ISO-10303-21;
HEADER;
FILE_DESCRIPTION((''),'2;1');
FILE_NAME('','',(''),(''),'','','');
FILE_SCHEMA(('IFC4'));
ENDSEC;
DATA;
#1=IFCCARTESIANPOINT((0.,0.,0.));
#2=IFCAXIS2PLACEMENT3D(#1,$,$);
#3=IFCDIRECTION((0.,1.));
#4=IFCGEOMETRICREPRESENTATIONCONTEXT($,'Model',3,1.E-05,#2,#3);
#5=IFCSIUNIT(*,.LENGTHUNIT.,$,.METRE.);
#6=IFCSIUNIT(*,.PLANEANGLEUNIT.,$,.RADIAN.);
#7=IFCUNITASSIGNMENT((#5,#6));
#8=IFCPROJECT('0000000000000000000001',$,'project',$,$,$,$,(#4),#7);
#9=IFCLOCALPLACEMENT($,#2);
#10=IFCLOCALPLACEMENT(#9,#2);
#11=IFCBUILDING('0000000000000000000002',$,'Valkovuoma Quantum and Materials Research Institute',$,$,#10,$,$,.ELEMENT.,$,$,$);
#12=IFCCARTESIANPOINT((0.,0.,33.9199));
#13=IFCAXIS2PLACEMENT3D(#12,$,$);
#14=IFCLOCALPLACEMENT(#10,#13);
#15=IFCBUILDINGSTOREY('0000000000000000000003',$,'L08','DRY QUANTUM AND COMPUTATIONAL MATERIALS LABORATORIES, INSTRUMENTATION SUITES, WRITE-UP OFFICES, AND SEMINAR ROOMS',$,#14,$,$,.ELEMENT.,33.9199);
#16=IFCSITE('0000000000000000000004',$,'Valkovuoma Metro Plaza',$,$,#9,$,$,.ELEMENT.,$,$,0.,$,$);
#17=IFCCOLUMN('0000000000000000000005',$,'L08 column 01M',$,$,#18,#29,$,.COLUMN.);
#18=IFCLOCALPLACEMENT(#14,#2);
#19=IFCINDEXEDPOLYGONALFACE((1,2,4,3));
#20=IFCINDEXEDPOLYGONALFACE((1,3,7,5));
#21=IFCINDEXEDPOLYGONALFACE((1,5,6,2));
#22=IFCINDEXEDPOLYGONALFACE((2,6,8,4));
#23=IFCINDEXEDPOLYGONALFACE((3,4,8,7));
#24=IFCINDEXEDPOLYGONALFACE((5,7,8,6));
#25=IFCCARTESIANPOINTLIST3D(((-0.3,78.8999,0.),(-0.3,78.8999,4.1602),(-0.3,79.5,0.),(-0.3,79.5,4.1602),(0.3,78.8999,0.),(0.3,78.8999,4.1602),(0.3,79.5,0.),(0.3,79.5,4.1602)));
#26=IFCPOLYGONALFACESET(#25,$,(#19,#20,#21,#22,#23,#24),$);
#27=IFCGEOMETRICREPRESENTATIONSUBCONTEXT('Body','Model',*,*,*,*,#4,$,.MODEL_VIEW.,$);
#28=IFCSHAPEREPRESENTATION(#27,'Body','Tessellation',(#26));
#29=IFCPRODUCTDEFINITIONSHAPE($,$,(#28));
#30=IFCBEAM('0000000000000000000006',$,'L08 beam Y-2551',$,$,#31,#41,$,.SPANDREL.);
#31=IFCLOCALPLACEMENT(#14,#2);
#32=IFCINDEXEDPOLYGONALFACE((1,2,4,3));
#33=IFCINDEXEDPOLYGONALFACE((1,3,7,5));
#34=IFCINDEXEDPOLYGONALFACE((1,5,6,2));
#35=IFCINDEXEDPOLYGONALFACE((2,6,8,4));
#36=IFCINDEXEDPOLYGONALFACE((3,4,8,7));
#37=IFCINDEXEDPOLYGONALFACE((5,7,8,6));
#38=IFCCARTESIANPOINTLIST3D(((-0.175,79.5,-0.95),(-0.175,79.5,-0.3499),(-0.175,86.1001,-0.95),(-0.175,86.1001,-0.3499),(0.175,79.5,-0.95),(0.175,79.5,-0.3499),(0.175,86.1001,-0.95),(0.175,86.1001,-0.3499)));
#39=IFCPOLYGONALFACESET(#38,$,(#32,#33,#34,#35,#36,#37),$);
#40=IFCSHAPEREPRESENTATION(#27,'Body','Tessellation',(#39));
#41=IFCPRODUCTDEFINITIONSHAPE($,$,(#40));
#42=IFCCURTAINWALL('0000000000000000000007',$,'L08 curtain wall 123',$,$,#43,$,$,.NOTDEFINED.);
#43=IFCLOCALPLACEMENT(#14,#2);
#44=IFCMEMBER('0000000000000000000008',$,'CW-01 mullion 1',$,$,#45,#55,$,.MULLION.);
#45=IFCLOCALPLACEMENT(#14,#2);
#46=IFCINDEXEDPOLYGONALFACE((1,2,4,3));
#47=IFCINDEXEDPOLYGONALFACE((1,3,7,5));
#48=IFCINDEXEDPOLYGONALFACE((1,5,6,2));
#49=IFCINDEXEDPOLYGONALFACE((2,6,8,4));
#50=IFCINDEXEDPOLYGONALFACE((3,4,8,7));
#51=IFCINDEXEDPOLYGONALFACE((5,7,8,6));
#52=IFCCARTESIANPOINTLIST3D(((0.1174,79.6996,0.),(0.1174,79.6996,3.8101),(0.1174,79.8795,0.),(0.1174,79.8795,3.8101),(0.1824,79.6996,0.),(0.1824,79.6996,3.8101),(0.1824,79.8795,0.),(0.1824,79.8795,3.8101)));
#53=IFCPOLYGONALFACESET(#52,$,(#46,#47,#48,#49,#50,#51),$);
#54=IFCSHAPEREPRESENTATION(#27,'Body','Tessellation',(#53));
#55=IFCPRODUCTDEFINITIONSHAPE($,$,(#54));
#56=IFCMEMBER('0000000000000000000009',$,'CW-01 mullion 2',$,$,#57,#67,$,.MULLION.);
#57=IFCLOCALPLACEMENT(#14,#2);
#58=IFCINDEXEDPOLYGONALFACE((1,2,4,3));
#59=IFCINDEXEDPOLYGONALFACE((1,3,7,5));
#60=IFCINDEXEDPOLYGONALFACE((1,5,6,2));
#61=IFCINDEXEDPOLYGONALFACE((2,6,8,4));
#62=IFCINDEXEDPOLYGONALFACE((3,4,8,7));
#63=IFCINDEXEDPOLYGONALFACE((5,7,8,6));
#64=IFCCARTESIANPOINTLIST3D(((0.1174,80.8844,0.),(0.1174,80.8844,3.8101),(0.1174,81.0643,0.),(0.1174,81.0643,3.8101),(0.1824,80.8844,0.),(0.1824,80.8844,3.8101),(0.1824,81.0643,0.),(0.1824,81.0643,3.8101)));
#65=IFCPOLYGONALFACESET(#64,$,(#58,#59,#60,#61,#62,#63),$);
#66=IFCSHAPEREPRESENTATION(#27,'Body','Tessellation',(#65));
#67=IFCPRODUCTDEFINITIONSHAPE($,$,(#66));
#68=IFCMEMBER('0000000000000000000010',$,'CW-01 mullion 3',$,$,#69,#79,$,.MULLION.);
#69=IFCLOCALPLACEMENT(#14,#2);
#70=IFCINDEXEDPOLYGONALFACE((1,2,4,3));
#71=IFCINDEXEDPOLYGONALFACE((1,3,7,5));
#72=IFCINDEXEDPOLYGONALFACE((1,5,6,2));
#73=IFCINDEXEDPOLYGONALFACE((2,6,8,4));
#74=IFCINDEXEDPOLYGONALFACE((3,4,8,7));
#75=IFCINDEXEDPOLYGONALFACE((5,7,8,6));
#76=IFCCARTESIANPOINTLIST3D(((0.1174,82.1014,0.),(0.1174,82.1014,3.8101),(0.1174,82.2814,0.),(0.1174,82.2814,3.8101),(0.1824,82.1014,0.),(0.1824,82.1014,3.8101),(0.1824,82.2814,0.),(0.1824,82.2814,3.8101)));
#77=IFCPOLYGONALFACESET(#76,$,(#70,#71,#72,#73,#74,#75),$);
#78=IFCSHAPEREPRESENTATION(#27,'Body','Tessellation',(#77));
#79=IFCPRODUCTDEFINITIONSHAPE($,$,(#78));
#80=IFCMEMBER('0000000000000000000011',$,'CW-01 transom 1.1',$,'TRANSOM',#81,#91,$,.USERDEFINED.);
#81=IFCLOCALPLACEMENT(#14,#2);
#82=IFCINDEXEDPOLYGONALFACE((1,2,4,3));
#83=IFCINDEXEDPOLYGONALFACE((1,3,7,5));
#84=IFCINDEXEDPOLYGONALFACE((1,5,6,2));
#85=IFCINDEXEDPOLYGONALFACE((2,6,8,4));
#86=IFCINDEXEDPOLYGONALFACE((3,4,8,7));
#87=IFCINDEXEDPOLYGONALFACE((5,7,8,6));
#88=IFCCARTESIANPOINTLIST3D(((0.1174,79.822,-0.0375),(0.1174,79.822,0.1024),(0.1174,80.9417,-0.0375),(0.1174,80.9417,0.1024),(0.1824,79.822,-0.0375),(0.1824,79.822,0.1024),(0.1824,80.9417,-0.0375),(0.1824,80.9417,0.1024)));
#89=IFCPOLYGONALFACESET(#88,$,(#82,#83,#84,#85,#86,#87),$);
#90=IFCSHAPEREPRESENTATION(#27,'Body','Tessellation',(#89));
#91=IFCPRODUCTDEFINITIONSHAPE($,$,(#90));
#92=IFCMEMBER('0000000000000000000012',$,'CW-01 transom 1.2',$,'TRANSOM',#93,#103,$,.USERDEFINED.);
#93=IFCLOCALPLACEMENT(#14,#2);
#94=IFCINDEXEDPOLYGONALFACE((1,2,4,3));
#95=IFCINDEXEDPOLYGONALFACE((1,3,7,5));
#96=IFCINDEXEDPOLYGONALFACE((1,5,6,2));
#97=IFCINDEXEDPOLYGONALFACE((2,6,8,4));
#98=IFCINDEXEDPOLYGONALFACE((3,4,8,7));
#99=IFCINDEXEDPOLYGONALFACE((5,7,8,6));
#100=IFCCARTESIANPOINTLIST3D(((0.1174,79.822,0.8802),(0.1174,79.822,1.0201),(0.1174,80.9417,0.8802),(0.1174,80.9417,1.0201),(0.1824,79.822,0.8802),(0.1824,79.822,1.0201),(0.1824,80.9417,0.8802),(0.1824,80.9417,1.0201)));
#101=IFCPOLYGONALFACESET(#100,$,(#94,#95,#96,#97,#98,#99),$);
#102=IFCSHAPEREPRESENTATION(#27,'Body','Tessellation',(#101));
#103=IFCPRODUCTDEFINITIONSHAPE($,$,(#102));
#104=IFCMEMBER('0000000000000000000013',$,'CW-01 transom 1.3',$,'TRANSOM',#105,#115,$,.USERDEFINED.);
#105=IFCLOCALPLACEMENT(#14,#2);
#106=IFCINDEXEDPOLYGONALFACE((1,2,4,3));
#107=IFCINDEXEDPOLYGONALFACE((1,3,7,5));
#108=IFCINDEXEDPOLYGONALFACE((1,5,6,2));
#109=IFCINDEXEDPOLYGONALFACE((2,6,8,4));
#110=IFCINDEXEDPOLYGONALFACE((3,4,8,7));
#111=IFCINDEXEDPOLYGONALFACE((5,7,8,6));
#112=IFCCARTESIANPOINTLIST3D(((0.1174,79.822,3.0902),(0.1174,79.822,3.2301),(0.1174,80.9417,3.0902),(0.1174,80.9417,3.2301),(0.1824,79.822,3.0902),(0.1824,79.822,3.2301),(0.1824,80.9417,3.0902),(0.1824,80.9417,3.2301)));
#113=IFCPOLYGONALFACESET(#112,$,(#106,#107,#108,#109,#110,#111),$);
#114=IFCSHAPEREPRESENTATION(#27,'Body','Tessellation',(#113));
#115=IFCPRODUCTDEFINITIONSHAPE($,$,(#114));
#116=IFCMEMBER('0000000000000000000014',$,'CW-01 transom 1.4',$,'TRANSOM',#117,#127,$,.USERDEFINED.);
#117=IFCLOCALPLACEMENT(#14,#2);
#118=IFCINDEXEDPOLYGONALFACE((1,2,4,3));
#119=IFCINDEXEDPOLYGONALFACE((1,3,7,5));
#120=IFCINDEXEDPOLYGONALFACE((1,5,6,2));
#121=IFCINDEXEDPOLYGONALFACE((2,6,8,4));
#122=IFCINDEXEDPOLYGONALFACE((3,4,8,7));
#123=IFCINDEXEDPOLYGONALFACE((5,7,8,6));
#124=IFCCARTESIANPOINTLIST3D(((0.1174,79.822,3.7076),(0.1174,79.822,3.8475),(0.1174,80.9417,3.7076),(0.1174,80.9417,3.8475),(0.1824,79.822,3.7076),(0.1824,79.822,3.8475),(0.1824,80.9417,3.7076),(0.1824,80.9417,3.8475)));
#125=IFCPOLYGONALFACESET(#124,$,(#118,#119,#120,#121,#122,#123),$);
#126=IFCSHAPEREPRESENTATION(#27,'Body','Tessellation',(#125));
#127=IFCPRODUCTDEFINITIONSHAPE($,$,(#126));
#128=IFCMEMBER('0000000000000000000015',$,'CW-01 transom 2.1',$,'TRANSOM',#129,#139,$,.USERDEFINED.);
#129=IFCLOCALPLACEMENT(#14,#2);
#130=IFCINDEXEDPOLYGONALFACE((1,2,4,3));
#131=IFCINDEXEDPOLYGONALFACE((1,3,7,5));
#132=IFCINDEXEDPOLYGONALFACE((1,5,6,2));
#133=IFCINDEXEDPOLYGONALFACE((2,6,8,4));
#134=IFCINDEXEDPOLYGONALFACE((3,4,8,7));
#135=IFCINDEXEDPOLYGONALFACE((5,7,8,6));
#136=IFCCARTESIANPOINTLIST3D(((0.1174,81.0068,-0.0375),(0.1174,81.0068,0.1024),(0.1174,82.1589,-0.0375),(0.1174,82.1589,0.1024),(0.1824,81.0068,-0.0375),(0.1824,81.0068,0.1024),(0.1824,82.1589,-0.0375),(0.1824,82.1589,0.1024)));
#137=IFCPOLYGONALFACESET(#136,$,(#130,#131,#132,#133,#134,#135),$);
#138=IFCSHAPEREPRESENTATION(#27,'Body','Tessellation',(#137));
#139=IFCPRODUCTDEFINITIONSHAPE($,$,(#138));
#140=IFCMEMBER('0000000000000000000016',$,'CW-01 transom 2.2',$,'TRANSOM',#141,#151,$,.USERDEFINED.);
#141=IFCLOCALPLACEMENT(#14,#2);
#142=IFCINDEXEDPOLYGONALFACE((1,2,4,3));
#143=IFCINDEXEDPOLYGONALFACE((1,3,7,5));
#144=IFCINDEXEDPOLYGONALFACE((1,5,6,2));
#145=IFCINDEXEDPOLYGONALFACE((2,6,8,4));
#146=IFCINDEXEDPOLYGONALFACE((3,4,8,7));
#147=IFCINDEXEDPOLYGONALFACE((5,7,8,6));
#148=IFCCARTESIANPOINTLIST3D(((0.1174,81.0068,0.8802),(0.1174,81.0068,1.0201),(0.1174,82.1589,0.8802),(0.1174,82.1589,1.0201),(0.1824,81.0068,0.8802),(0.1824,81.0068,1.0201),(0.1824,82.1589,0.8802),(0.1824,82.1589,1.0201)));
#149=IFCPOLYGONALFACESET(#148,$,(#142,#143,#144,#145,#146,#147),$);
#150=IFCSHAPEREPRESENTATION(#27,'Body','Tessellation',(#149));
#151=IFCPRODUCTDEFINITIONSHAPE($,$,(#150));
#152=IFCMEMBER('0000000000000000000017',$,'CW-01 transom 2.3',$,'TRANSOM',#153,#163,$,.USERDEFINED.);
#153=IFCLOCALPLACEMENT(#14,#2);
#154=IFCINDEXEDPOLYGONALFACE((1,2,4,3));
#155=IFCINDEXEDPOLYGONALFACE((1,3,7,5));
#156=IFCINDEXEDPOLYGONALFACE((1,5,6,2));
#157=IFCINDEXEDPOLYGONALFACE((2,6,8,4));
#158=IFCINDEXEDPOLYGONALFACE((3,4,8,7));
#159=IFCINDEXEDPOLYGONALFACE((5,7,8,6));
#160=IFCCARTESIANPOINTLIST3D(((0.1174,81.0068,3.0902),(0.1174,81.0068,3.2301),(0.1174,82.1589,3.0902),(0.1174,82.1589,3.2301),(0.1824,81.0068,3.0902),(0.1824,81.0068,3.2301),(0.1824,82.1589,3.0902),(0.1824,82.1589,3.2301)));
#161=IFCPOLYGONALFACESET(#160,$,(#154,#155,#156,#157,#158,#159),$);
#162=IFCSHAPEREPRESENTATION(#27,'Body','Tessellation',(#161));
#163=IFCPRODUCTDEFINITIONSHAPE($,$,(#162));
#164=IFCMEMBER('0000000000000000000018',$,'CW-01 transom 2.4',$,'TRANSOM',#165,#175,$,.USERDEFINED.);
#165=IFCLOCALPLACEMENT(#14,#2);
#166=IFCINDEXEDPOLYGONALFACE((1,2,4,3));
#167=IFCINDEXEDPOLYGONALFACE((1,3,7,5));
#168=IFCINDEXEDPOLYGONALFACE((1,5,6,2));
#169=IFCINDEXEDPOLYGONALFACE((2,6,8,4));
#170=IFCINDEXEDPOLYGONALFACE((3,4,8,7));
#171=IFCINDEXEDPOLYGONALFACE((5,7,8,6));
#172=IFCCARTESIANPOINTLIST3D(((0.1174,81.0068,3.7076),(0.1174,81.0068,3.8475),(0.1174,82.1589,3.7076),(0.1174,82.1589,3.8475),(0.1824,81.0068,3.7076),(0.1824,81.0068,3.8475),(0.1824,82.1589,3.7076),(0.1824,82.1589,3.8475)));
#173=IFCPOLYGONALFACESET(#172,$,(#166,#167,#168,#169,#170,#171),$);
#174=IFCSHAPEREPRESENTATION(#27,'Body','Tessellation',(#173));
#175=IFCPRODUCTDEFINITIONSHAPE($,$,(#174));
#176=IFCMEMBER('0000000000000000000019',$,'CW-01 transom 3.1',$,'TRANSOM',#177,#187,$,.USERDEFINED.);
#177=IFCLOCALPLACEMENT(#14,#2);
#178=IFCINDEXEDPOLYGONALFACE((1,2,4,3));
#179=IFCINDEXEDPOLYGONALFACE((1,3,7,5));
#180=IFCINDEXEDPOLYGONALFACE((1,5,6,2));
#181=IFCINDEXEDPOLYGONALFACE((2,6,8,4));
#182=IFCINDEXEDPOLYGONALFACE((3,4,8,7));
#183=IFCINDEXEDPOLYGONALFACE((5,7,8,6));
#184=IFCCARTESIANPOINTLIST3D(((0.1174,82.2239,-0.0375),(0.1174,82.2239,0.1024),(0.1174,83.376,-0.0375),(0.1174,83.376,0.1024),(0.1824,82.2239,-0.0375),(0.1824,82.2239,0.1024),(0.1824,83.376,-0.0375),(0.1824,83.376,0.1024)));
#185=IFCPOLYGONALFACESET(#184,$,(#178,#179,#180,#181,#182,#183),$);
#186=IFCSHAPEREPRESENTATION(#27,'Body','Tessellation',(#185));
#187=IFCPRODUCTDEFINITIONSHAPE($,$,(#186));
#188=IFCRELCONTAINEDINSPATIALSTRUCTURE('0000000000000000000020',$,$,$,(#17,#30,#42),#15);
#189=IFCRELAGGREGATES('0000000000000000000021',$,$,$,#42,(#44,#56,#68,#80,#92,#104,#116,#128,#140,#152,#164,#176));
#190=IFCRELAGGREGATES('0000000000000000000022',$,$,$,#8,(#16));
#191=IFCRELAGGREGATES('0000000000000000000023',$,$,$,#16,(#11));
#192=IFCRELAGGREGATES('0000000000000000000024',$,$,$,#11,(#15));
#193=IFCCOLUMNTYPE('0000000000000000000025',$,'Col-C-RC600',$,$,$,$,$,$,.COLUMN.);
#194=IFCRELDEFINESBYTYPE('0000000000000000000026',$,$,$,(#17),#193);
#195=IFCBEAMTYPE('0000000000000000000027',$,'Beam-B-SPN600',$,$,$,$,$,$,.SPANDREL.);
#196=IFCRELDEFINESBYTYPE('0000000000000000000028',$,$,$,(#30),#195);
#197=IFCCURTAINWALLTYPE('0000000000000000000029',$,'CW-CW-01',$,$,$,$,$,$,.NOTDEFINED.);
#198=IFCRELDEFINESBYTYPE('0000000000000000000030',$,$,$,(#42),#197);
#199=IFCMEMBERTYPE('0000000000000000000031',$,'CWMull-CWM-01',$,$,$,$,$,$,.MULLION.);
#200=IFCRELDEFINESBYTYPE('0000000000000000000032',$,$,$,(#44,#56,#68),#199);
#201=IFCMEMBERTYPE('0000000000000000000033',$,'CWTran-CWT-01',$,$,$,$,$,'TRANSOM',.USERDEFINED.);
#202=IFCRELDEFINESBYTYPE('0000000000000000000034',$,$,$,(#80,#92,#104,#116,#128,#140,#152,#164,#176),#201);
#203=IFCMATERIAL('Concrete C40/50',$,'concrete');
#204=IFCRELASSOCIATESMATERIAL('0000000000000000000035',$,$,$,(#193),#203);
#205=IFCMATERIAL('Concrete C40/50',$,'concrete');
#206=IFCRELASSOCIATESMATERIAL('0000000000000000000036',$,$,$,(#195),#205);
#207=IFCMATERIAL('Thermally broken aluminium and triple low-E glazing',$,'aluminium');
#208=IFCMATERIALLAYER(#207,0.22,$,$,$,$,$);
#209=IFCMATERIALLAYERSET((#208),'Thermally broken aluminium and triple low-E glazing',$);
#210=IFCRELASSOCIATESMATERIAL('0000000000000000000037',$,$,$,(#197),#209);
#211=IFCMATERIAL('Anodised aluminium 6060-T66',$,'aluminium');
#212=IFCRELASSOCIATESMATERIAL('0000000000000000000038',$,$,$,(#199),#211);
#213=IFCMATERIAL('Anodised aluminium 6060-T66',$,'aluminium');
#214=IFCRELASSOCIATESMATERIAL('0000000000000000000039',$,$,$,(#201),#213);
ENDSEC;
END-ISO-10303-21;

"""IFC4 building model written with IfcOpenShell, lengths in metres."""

from ifc_helpers import new_model, si_unit, direction, frame, origin, origin_2d, place, context, subcontext, project, spatial, rectangle, extrude, material, layer, layer_set, material_profile, profile_set, type_object, element, aggregate, save


model = new_model("IFC4")

# Units and contexts
model_context = context("Model", 3, precision=1e-05, world=origin(), true_north=direction((0.0, 1.0)))
body_context = subcontext(model_context, "Body", "Model", "MODEL_VIEW")
ifc_project = project(units=[si_unit("LENGTHUNIT", "METRE"), si_unit("PLANEANGLEUNIT", "RADIAN")], contexts=[model_context])

# Site, building, storey
site_placement = place(None, origin())
site = spatial("IfcSite", under=ifc_project, at=site_placement, Name="Valkovuoma Metro Plaza", CompositionType="ELEMENT", RefElevation=0.0)
building_placement = place(site_placement, origin())
building = spatial("IfcBuilding", under=site, at=building_placement, Name="Valkovuoma Quantum and Materials Research Institute", CompositionType="ELEMENT")
storey_placement = place(building_placement, frame((0.0, 0.0, 33.9199)))
storey = spatial("IfcBuildingStorey", under=building, at=storey_placement, Name="L08", Description="DRY QUANTUM AND COMPUTATIONAL MATERIALS LABORATORIES, INSTRUMENTATION SUITES, WRITE-UP OFFICES, AND SEMINAR ROOMS", CompositionType="ELEMENT", Elevation=33.9199)

# Column
ifc_material_1 = material(Name="Concrete C40/50", Category="concrete")
ifc_material_profile_1 = material_profile(ifc_material_1, rectangle(XDim=0.6001, YDim=0.6001, at=origin_2d()), Name="Concrete C40/50")
ifc_profile_set_1 = profile_set([ifc_material_profile_1], Name="Concrete C40/50")
column_type = type_object("IfcColumnType", Name="Col-C-RC600", PredefinedType="COLUMN", material=ifc_profile_set_1)
column_placement = place(storey_placement, frame((0.0, 79.2, 0.0), z_axis=(0.0, 0.0, 1.0), x_axis=(1.0, 0.0, 0.0)))
element("IfcColumn", 1, at=column_placement, inside=storey, type_object=column_type, Name="L08 column 01M", PredefinedType="COLUMN", context=body_context, shape_type="SweptSolid", body=[
    extrude(rectangle(XDim=0.6001, YDim=0.6001, at=origin_2d()), origin(), (0.0, 0.0, 1.0), 4.1602),
])

# Beam
ifc_material_2 = material(Name="Concrete C40/50", Category="concrete")
ifc_material_profile_2 = material_profile(ifc_material_2, rectangle(XDim=0.3501, YDim=0.6001, at=origin_2d()), Name="Concrete C40/50")
ifc_profile_set_2 = profile_set([ifc_material_profile_2], Name="Concrete C40/50")
beam_type = type_object("IfcBeamType", Name="Beam-B-SPN600", PredefinedType="SPANDREL", material=ifc_profile_set_2)
beam_placement = place(storey_placement, frame((0.0, 79.5, -0.6499), z_axis=(0.0, 1.0, 0.0), x_axis=(-1.0, 0.0, 0.0)))
element("IfcBeam", 2, at=beam_placement, inside=storey, type_object=beam_type, Name="L08 beam Y-2551", PredefinedType="SPANDREL", context=body_context, shape_type="SweptSolid", body=[
    extrude(rectangle(XDim=0.3501, YDim=0.6001, at=origin_2d()), origin(), (0.0, 0.0, 1.0), 6.6001),
])

# Curtain wall, members
ifc_material_3 = material(Name="Thermally broken aluminium and triple low-E glazing", Category="aluminium")
ifc_layer_1 = layer(ifc_material_3, 0.22)
ifc_layer_set_1 = layer_set([ifc_layer_1], Name="Thermally broken aluminium and triple low-E glazing")
curtain_wall_type = type_object("IfcCurtainWallType", Name="CW-CW-01", PredefinedType="NOTDEFINED", material=ifc_layer_set_1)
curtain_wall_placement = place(storey_placement, origin())
curtain_wall = element("IfcCurtainWall", 3, at=curtain_wall_placement, inside=storey, type_object=curtain_wall_type, Name="L08 curtain wall 123", PredefinedType="NOTDEFINED")
ifc_material_4 = material(Name="Anodised aluminium 6060-T66", Category="aluminium")
ifc_material_profile_3 = material_profile(ifc_material_4, rectangle(XDim=0.0649, YDim=0.1799, at=origin_2d()), Name="Anodised aluminium 6060-T66")
ifc_profile_set_3 = profile_set([ifc_material_profile_3], Name="Anodised aluminium 6060-T66")
member_type_1 = type_object("IfcMemberType", Name="CWMull-CWM-01", PredefinedType="MULLION", material=ifc_profile_set_3)
member_1_placement = place(storey_placement, frame((0.1499, 79.7896, 0.0), z_axis=(0.0, 0.0, 1.0), x_axis=(-1.0, 0.0, 0.0)))
member_1 = element("IfcMember", 4, at=member_1_placement, type_object=member_type_1, Name="CW-01 mullion 1", PredefinedType="MULLION", context=body_context, shape_type="SweptSolid", body=[
    extrude(rectangle(XDim=0.0649, YDim=0.1799, at=origin_2d()), origin(), (0.0, 0.0, 1.0), 3.8101),
])
member_2_placement = place(storey_placement, frame((0.1499, 80.9744, 0.0), z_axis=(0.0, 0.0, 1.0), x_axis=(-1.0, 0.0, 0.0)))
member_2 = element("IfcMember", 5, at=member_2_placement, type_object=member_type_1, Name="CW-01 mullion 2", PredefinedType="MULLION", context=body_context, shape_type="SweptSolid", body=[
    extrude(rectangle(XDim=0.0649, YDim=0.1799, at=origin_2d()), origin(), (0.0, 0.0, 1.0), 3.8101),
])
member_3_placement = place(storey_placement, frame((0.1499, 82.1914, 0.0), z_axis=(0.0, 0.0, 1.0), x_axis=(-1.0, 0.0, 0.0)))
member_3 = element("IfcMember", 6, at=member_3_placement, type_object=member_type_1, Name="CW-01 mullion 3", PredefinedType="MULLION", context=body_context, shape_type="SweptSolid", body=[
    extrude(rectangle(XDim=0.0649, YDim=0.1799, at=origin_2d()), origin(), (0.0, 0.0, 1.0), 3.8101),
])
ifc_material_5 = material(Name="Anodised aluminium 6060-T66", Category="aluminium")
ifc_material_profile_4 = material_profile(ifc_material_5, rectangle(XDim=0.0649, YDim=0.1399, at=origin_2d()), Name="Anodised aluminium 6060-T66")
ifc_profile_set_4 = profile_set([ifc_material_profile_4], Name="Anodised aluminium 6060-T66")
member_type_2 = type_object("IfcMemberType", Name="CWTran-CWT-01", ElementType="TRANSOM", PredefinedType="USERDEFINED", material=ifc_profile_set_4)
member_4_placement = place(storey_placement, frame((0.1499, 79.822, 0.0325), z_axis=(0.0, 1.0, 0.0), x_axis=(-1.0, 0.0, 0.0)))
member_4 = element("IfcMember", 7, at=member_4_placement, type_object=member_type_2, Name="CW-01 transom 1.1", ObjectType="TRANSOM", PredefinedType="USERDEFINED", context=body_context, shape_type="SweptSolid", body=[
    extrude(rectangle(XDim=0.0649, YDim=0.1399, at=origin_2d()), origin(), (0.0, 0.0, 1.0), 1.1196),
])
member_5_placement = place(storey_placement, frame((0.1499, 79.822, 0.9502), z_axis=(0.0, 1.0, 0.0), x_axis=(-1.0, 0.0, 0.0)))
member_5 = element("IfcMember", 8, at=member_5_placement, type_object=member_type_2, Name="CW-01 transom 1.2", ObjectType="TRANSOM", PredefinedType="USERDEFINED", context=body_context, shape_type="SweptSolid", body=[
    extrude(rectangle(XDim=0.0649, YDim=0.1399, at=origin_2d()), origin(), (0.0, 0.0, 1.0), 1.1196),
])
member_6_placement = place(storey_placement, frame((0.1499, 79.822, 3.1602), z_axis=(0.0, 1.0, 0.0), x_axis=(-1.0, 0.0, 0.0)))
member_6 = element("IfcMember", 9, at=member_6_placement, type_object=member_type_2, Name="CW-01 transom 1.3", ObjectType="TRANSOM", PredefinedType="USERDEFINED", context=body_context, shape_type="SweptSolid", body=[
    extrude(rectangle(XDim=0.0649, YDim=0.1399, at=origin_2d()), origin(), (0.0, 0.0, 1.0), 1.1196),
])
member_7_placement = place(storey_placement, frame((0.1499, 79.822, 3.7776), z_axis=(0.0, 1.0, 0.0), x_axis=(-1.0, 0.0, 0.0)))
member_7 = element("IfcMember", 10, at=member_7_placement, type_object=member_type_2, Name="CW-01 transom 1.4", ObjectType="TRANSOM", PredefinedType="USERDEFINED", context=body_context, shape_type="SweptSolid", body=[
    extrude(rectangle(XDim=0.0649, YDim=0.1399, at=origin_2d()), origin(), (0.0, 0.0, 1.0), 1.1196),
])
member_8_placement = place(storey_placement, frame((0.1499, 81.0068, 0.0325), z_axis=(0.0, 1.0, 0.0), x_axis=(-1.0, 0.0, 0.0)))
member_8 = element("IfcMember", 11, at=member_8_placement, type_object=member_type_2, Name="CW-01 transom 2.1", ObjectType="TRANSOM", PredefinedType="USERDEFINED", context=body_context, shape_type="SweptSolid", body=[
    extrude(rectangle(XDim=0.0649, YDim=0.1399, at=origin_2d()), origin(), (0.0, 0.0, 1.0), 1.1521),
])
member_9_placement = place(storey_placement, frame((0.1499, 81.0068, 0.9502), z_axis=(0.0, 1.0, 0.0), x_axis=(-1.0, 0.0, 0.0)))
member_9 = element("IfcMember", 12, at=member_9_placement, type_object=member_type_2, Name="CW-01 transom 2.2", ObjectType="TRANSOM", PredefinedType="USERDEFINED", context=body_context, shape_type="SweptSolid", body=[
    extrude(rectangle(XDim=0.0649, YDim=0.1399, at=origin_2d()), origin(), (0.0, 0.0, 1.0), 1.1521),
])
member_10_placement = place(storey_placement, frame((0.1499, 81.0068, 3.1602), z_axis=(0.0, 1.0, 0.0), x_axis=(-1.0, 0.0, 0.0)))
member_10 = element("IfcMember", 13, at=member_10_placement, type_object=member_type_2, Name="CW-01 transom 2.3", ObjectType="TRANSOM", PredefinedType="USERDEFINED", context=body_context, shape_type="SweptSolid", body=[
    extrude(rectangle(XDim=0.0649, YDim=0.1399, at=origin_2d()), origin(), (0.0, 0.0, 1.0), 1.1521),
])
member_11_placement = place(storey_placement, frame((0.1499, 81.0068, 3.7776), z_axis=(0.0, 1.0, 0.0), x_axis=(-1.0, 0.0, 0.0)))
member_11 = element("IfcMember", 14, at=member_11_placement, type_object=member_type_2, Name="CW-01 transom 2.4", ObjectType="TRANSOM", PredefinedType="USERDEFINED", context=body_context, shape_type="SweptSolid", body=[
    extrude(rectangle(XDim=0.0649, YDim=0.1399, at=origin_2d()), origin(), (0.0, 0.0, 1.0), 1.1521),
])
member_12_placement = place(storey_placement, frame((0.1499, 82.2239, 0.0325), z_axis=(0.0, 1.0, 0.0), x_axis=(-1.0, 0.0, 0.0)))
member_12 = element("IfcMember", 15, at=member_12_placement, type_object=member_type_2, Name="CW-01 transom 3.1", ObjectType="TRANSOM", PredefinedType="USERDEFINED", context=body_context, shape_type="SweptSolid", body=[
    extrude(rectangle(XDim=0.0649, YDim=0.1399, at=origin_2d()), origin(), (0.0, 0.0, 1.0), 1.1521),
])
aggregate(curtain_wall, [member_1, member_2, member_3, member_4, member_5, member_6, member_7, member_8, member_9, member_10, member_11, member_12])

save(model, "model.ifc")
